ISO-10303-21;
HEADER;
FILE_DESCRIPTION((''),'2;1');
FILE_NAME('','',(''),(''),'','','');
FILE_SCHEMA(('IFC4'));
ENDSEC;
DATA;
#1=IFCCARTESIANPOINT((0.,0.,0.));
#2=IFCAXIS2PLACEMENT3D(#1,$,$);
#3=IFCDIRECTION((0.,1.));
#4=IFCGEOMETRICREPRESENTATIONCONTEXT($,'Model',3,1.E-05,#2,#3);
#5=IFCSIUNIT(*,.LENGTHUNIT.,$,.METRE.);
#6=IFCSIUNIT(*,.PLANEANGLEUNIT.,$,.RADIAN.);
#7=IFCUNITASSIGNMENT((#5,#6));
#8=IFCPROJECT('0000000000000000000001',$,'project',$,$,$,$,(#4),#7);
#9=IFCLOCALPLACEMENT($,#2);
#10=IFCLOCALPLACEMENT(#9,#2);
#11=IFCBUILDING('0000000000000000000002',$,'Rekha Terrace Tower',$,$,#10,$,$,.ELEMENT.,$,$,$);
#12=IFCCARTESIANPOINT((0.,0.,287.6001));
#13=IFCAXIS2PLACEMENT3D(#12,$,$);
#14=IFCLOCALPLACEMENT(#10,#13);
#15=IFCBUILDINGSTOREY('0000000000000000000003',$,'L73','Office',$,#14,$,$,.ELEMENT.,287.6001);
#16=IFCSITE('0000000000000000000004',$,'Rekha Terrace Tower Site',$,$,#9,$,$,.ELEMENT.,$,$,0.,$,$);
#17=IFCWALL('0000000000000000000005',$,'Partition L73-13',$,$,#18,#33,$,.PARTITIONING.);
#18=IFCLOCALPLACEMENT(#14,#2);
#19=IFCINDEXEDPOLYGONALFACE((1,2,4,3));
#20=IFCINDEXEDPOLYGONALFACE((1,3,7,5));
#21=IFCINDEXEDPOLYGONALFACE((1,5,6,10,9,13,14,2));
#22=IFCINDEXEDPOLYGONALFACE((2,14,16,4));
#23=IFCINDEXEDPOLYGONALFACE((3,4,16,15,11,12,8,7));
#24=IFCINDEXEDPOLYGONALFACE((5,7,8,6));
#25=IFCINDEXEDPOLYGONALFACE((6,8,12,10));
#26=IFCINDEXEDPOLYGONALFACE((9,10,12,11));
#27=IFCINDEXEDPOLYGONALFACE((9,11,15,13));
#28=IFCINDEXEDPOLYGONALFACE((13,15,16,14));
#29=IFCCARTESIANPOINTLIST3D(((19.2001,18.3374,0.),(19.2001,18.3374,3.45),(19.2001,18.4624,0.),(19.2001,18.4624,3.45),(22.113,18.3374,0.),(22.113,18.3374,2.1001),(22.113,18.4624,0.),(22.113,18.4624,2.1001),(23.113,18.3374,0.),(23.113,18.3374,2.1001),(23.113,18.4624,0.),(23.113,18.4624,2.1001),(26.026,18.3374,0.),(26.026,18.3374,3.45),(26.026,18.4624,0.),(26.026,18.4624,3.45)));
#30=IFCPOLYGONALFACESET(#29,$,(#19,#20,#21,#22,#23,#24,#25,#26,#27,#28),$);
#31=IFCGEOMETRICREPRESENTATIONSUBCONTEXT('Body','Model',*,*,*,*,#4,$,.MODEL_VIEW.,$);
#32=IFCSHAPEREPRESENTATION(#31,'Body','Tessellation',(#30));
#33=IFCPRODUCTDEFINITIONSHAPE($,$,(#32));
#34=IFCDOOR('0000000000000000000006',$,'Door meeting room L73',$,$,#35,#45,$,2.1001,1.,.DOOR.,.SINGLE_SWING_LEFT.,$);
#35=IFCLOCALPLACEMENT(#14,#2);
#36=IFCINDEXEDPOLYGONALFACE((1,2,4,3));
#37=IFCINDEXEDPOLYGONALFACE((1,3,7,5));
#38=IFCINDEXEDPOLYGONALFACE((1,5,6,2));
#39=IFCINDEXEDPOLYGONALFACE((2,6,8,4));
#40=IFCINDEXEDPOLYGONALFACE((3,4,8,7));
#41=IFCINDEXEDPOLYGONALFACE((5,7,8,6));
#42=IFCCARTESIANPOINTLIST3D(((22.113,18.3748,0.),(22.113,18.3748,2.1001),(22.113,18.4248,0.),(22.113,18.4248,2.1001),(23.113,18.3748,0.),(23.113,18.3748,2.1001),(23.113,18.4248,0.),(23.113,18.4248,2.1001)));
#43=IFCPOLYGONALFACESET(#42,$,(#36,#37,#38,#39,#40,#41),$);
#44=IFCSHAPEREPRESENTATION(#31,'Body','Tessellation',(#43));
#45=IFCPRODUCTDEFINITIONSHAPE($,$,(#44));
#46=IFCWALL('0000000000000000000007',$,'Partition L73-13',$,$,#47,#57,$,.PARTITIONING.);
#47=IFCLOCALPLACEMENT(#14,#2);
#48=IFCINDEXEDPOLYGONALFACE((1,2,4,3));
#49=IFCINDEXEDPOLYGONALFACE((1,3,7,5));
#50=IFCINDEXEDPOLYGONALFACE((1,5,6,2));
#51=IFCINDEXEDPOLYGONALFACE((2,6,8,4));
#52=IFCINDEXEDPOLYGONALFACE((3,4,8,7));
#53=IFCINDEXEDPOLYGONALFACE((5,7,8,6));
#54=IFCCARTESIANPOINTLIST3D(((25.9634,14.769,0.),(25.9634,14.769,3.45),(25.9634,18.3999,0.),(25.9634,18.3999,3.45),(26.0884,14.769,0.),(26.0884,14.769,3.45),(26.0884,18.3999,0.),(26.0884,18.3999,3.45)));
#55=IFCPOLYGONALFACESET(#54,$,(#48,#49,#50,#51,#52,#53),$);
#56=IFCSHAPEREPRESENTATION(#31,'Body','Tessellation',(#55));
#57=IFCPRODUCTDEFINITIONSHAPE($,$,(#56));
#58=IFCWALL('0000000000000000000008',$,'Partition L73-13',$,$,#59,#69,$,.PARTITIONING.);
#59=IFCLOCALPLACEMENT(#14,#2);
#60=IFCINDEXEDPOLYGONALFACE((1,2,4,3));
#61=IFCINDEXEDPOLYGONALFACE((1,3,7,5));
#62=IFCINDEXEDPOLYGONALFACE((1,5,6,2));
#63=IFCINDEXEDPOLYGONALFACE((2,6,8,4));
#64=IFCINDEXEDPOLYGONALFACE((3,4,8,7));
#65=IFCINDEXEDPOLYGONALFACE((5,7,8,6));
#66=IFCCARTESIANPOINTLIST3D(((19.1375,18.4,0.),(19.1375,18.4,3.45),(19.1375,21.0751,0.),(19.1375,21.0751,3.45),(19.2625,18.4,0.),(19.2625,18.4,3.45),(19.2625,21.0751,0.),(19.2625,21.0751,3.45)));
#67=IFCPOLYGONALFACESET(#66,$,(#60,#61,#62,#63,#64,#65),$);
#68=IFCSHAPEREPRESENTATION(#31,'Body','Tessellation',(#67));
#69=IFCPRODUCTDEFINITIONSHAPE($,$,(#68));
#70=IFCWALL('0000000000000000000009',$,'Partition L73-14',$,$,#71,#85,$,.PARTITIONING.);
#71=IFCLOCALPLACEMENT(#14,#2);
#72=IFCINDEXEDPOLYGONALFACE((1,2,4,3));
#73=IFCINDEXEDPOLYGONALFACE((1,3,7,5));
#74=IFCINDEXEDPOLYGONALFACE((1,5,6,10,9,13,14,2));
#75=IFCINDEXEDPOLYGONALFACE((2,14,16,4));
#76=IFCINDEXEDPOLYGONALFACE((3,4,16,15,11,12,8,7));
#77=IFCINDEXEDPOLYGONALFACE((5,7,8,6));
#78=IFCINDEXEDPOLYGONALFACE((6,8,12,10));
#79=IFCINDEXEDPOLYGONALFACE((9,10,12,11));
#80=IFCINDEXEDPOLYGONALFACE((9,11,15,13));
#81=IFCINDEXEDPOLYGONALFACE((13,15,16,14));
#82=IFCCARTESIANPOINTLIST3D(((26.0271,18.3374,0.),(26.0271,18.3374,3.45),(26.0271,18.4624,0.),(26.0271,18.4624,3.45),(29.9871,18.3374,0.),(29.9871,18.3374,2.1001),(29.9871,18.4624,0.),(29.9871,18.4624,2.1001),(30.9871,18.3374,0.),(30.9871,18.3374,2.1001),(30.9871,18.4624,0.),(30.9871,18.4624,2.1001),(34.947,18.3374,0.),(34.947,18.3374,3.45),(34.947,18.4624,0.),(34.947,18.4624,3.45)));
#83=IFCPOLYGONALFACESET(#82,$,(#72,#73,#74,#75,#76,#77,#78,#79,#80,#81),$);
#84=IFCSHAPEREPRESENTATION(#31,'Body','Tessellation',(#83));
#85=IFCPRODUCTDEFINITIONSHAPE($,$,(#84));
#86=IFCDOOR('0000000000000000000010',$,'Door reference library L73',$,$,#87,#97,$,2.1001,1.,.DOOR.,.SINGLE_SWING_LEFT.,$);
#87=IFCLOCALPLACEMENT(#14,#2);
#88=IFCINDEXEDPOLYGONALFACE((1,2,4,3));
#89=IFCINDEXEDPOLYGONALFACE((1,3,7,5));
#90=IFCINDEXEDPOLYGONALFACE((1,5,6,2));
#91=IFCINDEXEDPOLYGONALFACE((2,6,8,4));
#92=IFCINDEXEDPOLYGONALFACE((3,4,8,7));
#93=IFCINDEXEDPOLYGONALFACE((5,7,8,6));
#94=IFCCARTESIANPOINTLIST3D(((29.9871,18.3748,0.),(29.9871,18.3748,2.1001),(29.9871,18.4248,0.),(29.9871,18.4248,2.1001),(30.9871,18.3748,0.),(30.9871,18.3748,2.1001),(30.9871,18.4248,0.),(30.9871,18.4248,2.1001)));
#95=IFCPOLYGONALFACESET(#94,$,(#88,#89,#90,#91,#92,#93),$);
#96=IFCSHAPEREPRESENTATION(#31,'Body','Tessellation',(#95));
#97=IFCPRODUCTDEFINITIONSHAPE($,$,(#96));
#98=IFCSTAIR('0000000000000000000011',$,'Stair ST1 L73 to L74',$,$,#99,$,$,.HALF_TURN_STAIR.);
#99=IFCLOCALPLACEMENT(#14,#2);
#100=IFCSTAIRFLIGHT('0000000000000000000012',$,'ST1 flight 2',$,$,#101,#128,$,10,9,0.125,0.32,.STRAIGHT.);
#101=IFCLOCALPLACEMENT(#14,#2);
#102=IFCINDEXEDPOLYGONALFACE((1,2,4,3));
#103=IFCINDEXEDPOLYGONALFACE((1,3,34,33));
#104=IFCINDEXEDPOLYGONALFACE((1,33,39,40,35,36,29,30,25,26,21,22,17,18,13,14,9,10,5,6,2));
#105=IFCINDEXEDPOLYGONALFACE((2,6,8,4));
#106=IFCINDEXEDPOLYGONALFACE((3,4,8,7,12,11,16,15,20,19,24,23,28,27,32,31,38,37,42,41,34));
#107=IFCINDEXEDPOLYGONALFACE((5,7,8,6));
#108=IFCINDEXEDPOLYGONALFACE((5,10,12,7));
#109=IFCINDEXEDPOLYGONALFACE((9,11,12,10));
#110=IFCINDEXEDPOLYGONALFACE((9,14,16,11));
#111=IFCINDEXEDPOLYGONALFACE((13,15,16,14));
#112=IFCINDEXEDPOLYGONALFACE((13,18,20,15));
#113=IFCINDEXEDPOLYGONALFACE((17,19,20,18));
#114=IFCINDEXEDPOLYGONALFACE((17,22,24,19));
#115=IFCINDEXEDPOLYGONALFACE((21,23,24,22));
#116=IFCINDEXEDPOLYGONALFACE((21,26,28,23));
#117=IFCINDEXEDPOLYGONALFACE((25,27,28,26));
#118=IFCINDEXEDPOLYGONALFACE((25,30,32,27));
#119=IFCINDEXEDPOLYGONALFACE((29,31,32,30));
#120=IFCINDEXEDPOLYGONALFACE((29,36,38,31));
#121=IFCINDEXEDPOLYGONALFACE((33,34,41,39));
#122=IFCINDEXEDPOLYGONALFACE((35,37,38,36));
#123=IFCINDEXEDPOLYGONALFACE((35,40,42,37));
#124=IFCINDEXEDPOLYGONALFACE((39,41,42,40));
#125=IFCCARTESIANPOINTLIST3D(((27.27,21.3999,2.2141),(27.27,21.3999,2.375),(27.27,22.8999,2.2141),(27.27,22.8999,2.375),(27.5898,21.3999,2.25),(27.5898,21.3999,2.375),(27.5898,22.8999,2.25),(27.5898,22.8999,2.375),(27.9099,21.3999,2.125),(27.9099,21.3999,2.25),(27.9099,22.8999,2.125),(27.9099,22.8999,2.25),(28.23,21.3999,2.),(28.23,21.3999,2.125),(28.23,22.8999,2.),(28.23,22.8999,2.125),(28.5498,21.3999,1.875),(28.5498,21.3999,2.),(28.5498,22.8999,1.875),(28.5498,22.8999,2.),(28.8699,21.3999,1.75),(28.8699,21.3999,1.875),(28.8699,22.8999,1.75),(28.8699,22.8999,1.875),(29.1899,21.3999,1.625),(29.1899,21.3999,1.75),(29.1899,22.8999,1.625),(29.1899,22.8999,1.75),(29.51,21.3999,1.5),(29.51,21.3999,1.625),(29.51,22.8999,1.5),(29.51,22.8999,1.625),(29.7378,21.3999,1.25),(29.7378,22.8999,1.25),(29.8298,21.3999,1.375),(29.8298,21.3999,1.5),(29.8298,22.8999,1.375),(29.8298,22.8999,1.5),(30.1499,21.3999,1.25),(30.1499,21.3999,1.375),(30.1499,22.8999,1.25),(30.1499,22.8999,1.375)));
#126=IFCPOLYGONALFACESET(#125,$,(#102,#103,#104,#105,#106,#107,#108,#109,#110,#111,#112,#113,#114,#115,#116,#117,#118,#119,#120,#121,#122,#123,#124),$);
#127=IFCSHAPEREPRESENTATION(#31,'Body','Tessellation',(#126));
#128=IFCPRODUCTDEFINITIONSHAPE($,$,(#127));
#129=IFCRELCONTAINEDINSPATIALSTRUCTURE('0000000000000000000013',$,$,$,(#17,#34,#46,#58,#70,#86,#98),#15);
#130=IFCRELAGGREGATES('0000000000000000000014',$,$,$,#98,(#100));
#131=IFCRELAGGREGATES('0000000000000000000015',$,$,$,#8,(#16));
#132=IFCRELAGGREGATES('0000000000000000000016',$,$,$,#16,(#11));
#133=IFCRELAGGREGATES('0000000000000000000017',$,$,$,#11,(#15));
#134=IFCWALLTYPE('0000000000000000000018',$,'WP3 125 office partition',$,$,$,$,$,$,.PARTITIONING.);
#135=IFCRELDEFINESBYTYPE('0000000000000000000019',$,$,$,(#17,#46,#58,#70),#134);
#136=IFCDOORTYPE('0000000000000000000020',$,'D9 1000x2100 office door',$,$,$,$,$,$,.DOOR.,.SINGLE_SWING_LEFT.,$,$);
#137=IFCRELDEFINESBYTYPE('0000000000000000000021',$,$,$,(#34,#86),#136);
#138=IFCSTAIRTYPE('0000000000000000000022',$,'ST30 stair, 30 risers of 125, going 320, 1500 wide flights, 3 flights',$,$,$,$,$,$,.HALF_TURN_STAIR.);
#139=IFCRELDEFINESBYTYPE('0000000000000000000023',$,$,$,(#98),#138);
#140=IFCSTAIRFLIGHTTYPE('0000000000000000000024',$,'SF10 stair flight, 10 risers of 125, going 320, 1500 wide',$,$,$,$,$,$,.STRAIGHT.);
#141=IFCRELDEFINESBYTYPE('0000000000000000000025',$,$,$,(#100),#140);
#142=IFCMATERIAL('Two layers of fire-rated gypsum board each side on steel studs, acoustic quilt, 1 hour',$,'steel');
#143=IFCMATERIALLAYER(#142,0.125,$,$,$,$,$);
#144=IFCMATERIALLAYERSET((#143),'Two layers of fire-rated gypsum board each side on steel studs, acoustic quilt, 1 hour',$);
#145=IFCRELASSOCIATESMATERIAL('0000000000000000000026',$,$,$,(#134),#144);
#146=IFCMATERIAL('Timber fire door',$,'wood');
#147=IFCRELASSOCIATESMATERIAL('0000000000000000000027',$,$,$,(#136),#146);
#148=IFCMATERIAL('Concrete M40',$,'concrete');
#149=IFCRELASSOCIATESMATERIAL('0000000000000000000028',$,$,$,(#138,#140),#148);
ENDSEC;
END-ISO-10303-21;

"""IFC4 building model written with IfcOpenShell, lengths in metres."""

from ifc_helpers import new_model, si_unit, direction, frame, frame_2d, origin, place, context, subcontext, project, spatial, polyline, rectangle, outline, extrude, material, layer, layer_set, type_object, element, fill, aggregate, save


model = new_model("IFC4")

# Units and contexts
model_context = context("Model", 3, precision=1e-05, world=origin(), true_north=direction((0.0, 1.0)))
body_context = subcontext(model_context, "Body", "Model", "MODEL_VIEW")
ifc_project = project(units=[si_unit("LENGTHUNIT", "METRE"), si_unit("PLANEANGLEUNIT", "RADIAN")], contexts=[model_context])

# Site, building, storey
site_placement = place(None, origin())
site = spatial("IfcSite", under=ifc_project, at=site_placement, Name="Rekha Terrace Tower Site", CompositionType="ELEMENT", RefElevation=0.0)
building_placement = place(site_placement, origin())
building = spatial("IfcBuilding", under=site, at=building_placement, Name="Rekha Terrace Tower", CompositionType="ELEMENT")
storey_placement = place(building_placement, frame((0.0, 0.0, 287.6001)))
storey = spatial("IfcBuildingStorey", under=building, at=storey_placement, Name="L73", Description="Office", CompositionType="ELEMENT", Elevation=287.6001)

# Shared definitions
ifc_material_1 = material(Name="Two layers of fire-rated gypsum board each side on steel studs, acoustic quilt, 1 hour", Category="steel")
ifc_layer_1 = layer(ifc_material_1, 0.125)
ifc_layer_set_1 = layer_set([ifc_layer_1], Name="Two layers of fire-rated gypsum board each side on steel studs, acoustic quilt, 1 hour")
wall_type_1 = type_object("IfcWallType", Name="WP3 125 office partition", PredefinedType="PARTITIONING", material=ifc_layer_set_1)

# Wall, opening, door
wall_1_placement = place(storey_placement, frame((19.2, 18.3999, 0.0), z_axis=(0.0, 0.0, 1.0), x_axis=(1.0, 0.0, 0.0)))
wall_1 = element("IfcWall", 1, at=wall_1_placement, inside=storey, type_object=wall_type_1, Name="Partition L73-13", PredefinedType="PARTITIONING", context=body_context, shape_type="SweptSolid", body=[
    extrude(rectangle(XDim=6.8259, YDim=0.125, at=frame_2d((3.4131, 0.0))), origin(), (0.0, 0.0, 1.0), 3.45),
])
opening_1_placement = place(wall_1_placement, frame((2.9131, 0.0, 0.0)))
opening_1 = element("IfcOpeningElement", 2, at=opening_1_placement, cuts=wall_1, PredefinedType="OPENING", context=body_context, shape_type="SweptSolid", body=[
    extrude(rectangle(XDim=1.0, YDim=2.1001, at=frame_2d((0.5, 1.05))), frame((0.0, 0.0725, 0.0), z_axis=(0.0, -1.0, 0.0), x_axis=(1.0, 0.0, 0.0)), (0.0, 0.0, 1.0), 0.145),
])
ifc_material_2 = material(Name="Timber fire door", Category="wood")
door_type_1 = type_object("IfcDoorType", Name="D9 1000x2100 office door", OperationType="SINGLE_SWING_LEFT", PredefinedType="DOOR", material=ifc_material_2)
door_1_placement = place(opening_1_placement, origin())
door_1 = element("IfcDoor", 3, at=door_1_placement, inside=storey, type_object=door_type_1, Name="Door meeting room L73", OperationType="SINGLE_SWING_LEFT", OverallHeight=2.1001, OverallWidth=1.0, PredefinedType="DOOR", context=body_context, shape_type="SweptSolid", body=[
    extrude(rectangle(XDim=1.0, YDim=2.1001, at=frame_2d((0.5, 1.05))), frame((0.0, 0.0249, 0.0), z_axis=(0.0, -1.0, 0.0), x_axis=(1.0, 0.0, 0.0)), (0.0, 0.0, 1.0), 0.05),
])
fill(opening_1, door_1)

# Walls
wall_2_placement = place(storey_placement, frame((26.0259, 18.3999, 0.0), z_axis=(0.0, 0.0, 1.0), x_axis=(0.0, -1.0, 0.0)))
element("IfcWall", 4, at=wall_2_placement, inside=storey, type_object=wall_type_1, Name="Partition L73-13", PredefinedType="PARTITIONING", context=body_context, shape_type="SweptSolid", body=[
    extrude(rectangle(XDim=3.6309, YDim=0.125, at=frame_2d((1.8154, 0.0))), origin(), (0.0, 0.0, 1.0), 3.45),
])
wall_3_placement = place(storey_placement, frame((19.2, 21.075, 0.0), z_axis=(0.0, 0.0, 1.0), x_axis=(0.0, -1.0, 0.0)))
element("IfcWall", 5, at=wall_3_placement, inside=storey, type_object=wall_type_1, Name="Partition L73-13", PredefinedType="PARTITIONING", context=body_context, shape_type="SweptSolid", body=[
    extrude(rectangle(XDim=2.675, YDim=0.125, at=frame_2d((1.3374, 0.0))), origin(), (0.0, 0.0, 1.0), 3.45),
])

# Wall, opening, door
wall_4_placement = place(storey_placement, frame((26.0271, 18.3999, 0.0), z_axis=(0.0, 0.0, 1.0), x_axis=(1.0, 0.0, 0.0)))
wall_4 = element("IfcWall", 6, at=wall_4_placement, inside=storey, type_object=wall_type_1, Name="Partition L73-14", PredefinedType="PARTITIONING", context=body_context, shape_type="SweptSolid", body=[
    extrude(rectangle(XDim=8.9199, YDim=0.125, at=frame_2d((4.46, 0.0))), origin(), (0.0, 0.0, 1.0), 3.45),
])
opening_2_placement = place(wall_4_placement, frame((3.96, 0.0, 0.0)))
opening_2 = element("IfcOpeningElement", 7, at=opening_2_placement, cuts=wall_4, PredefinedType="OPENING", context=body_context, shape_type="SweptSolid", body=[
    extrude(rectangle(XDim=1.0, YDim=2.1001, at=frame_2d((0.5, 1.05))), frame((0.0, 0.0725, 0.0), z_axis=(0.0, -1.0, 0.0), x_axis=(1.0, 0.0, 0.0)), (0.0, 0.0, 1.0), 0.145),
])
door_2_placement = place(opening_2_placement, origin())
door_2 = element("IfcDoor", 8, at=door_2_placement, inside=storey, type_object=door_type_1, Name="Door reference library L73", OperationType="SINGLE_SWING_LEFT", OverallHeight=2.1001, OverallWidth=1.0, PredefinedType="DOOR", context=body_context, shape_type="SweptSolid", body=[
    extrude(rectangle(XDim=1.0, YDim=2.1001, at=frame_2d((0.5, 1.05))), frame((0.0, 0.0249, 0.0), z_axis=(0.0, -1.0, 0.0), x_axis=(1.0, 0.0, 0.0)), (0.0, 0.0, 1.0), 0.05),
])
fill(opening_2, door_2)

# Stair, stair flight
ifc_material_3 = material(Name="Concrete M40", Category="concrete")
stair_type = type_object("IfcStairType", Name="ST30 stair, 30 risers of 125, going 320, 1500 wide flights, 3 flights", PredefinedType="HALF_TURN_STAIR", material=ifc_material_3)
stair_placement = place(storey_placement, origin())
stair = element("IfcStair", 9, at=stair_placement, inside=storey, type_object=stair_type, Name="Stair ST1 L73 to L74", PredefinedType="HALF_TURN_STAIR")
stair_flight_type = type_object("IfcStairFlightType", Name="SF10 stair flight, 10 risers of 125, going 320, 1500 wide", PredefinedType="STRAIGHT", material=ifc_material_3)
stair_flight_placement = place(storey_placement, frame((30.1499, 22.1499, 1.25), z_axis=(0.0, 0.0, 1.0), x_axis=(-1.0, 0.0, 0.0)))
stair_flight = element("IfcStairFlight", 10, at=stair_flight_placement, type_object=stair_flight_type, Name="ST1 flight 2", NumberOfRisers=10, NumberOfTreads=9, PredefinedType="STRAIGHT", RiserHeight=0.125, TreadLength=0.32, context=body_context, shape_type="SweptSolid", body=[
    extrude(outline(polyline([(0.0, 0.0), (0.0, 0.125), (0.3201, 0.125), (0.3201, 0.25), (0.6399, 0.25), (0.6399, 0.375), (0.96, 0.375), (0.96, 0.5), (1.28, 0.5), (1.28, 0.625), (1.6001, 0.625), (1.6001, 0.75), (1.9199, 0.75), (1.9199, 0.875), (2.24, 0.875), (2.24, 1.0), (2.5601, 1.0), (2.5601, 1.125), (2.8799, 1.125), (2.8799, 1.25), (2.8799, 0.9641), (0.4121, 0.0), (0.0, 0.0)])), frame((0.0, 0.75, 0.0), z_axis=(0.0, -1.0, 0.0), x_axis=(1.0, 0.0, 0.0)), (0.0, 0.0, 1.0), 1.5),
])
aggregate(stair, [stair_flight])

save(model, "model.ifc")
